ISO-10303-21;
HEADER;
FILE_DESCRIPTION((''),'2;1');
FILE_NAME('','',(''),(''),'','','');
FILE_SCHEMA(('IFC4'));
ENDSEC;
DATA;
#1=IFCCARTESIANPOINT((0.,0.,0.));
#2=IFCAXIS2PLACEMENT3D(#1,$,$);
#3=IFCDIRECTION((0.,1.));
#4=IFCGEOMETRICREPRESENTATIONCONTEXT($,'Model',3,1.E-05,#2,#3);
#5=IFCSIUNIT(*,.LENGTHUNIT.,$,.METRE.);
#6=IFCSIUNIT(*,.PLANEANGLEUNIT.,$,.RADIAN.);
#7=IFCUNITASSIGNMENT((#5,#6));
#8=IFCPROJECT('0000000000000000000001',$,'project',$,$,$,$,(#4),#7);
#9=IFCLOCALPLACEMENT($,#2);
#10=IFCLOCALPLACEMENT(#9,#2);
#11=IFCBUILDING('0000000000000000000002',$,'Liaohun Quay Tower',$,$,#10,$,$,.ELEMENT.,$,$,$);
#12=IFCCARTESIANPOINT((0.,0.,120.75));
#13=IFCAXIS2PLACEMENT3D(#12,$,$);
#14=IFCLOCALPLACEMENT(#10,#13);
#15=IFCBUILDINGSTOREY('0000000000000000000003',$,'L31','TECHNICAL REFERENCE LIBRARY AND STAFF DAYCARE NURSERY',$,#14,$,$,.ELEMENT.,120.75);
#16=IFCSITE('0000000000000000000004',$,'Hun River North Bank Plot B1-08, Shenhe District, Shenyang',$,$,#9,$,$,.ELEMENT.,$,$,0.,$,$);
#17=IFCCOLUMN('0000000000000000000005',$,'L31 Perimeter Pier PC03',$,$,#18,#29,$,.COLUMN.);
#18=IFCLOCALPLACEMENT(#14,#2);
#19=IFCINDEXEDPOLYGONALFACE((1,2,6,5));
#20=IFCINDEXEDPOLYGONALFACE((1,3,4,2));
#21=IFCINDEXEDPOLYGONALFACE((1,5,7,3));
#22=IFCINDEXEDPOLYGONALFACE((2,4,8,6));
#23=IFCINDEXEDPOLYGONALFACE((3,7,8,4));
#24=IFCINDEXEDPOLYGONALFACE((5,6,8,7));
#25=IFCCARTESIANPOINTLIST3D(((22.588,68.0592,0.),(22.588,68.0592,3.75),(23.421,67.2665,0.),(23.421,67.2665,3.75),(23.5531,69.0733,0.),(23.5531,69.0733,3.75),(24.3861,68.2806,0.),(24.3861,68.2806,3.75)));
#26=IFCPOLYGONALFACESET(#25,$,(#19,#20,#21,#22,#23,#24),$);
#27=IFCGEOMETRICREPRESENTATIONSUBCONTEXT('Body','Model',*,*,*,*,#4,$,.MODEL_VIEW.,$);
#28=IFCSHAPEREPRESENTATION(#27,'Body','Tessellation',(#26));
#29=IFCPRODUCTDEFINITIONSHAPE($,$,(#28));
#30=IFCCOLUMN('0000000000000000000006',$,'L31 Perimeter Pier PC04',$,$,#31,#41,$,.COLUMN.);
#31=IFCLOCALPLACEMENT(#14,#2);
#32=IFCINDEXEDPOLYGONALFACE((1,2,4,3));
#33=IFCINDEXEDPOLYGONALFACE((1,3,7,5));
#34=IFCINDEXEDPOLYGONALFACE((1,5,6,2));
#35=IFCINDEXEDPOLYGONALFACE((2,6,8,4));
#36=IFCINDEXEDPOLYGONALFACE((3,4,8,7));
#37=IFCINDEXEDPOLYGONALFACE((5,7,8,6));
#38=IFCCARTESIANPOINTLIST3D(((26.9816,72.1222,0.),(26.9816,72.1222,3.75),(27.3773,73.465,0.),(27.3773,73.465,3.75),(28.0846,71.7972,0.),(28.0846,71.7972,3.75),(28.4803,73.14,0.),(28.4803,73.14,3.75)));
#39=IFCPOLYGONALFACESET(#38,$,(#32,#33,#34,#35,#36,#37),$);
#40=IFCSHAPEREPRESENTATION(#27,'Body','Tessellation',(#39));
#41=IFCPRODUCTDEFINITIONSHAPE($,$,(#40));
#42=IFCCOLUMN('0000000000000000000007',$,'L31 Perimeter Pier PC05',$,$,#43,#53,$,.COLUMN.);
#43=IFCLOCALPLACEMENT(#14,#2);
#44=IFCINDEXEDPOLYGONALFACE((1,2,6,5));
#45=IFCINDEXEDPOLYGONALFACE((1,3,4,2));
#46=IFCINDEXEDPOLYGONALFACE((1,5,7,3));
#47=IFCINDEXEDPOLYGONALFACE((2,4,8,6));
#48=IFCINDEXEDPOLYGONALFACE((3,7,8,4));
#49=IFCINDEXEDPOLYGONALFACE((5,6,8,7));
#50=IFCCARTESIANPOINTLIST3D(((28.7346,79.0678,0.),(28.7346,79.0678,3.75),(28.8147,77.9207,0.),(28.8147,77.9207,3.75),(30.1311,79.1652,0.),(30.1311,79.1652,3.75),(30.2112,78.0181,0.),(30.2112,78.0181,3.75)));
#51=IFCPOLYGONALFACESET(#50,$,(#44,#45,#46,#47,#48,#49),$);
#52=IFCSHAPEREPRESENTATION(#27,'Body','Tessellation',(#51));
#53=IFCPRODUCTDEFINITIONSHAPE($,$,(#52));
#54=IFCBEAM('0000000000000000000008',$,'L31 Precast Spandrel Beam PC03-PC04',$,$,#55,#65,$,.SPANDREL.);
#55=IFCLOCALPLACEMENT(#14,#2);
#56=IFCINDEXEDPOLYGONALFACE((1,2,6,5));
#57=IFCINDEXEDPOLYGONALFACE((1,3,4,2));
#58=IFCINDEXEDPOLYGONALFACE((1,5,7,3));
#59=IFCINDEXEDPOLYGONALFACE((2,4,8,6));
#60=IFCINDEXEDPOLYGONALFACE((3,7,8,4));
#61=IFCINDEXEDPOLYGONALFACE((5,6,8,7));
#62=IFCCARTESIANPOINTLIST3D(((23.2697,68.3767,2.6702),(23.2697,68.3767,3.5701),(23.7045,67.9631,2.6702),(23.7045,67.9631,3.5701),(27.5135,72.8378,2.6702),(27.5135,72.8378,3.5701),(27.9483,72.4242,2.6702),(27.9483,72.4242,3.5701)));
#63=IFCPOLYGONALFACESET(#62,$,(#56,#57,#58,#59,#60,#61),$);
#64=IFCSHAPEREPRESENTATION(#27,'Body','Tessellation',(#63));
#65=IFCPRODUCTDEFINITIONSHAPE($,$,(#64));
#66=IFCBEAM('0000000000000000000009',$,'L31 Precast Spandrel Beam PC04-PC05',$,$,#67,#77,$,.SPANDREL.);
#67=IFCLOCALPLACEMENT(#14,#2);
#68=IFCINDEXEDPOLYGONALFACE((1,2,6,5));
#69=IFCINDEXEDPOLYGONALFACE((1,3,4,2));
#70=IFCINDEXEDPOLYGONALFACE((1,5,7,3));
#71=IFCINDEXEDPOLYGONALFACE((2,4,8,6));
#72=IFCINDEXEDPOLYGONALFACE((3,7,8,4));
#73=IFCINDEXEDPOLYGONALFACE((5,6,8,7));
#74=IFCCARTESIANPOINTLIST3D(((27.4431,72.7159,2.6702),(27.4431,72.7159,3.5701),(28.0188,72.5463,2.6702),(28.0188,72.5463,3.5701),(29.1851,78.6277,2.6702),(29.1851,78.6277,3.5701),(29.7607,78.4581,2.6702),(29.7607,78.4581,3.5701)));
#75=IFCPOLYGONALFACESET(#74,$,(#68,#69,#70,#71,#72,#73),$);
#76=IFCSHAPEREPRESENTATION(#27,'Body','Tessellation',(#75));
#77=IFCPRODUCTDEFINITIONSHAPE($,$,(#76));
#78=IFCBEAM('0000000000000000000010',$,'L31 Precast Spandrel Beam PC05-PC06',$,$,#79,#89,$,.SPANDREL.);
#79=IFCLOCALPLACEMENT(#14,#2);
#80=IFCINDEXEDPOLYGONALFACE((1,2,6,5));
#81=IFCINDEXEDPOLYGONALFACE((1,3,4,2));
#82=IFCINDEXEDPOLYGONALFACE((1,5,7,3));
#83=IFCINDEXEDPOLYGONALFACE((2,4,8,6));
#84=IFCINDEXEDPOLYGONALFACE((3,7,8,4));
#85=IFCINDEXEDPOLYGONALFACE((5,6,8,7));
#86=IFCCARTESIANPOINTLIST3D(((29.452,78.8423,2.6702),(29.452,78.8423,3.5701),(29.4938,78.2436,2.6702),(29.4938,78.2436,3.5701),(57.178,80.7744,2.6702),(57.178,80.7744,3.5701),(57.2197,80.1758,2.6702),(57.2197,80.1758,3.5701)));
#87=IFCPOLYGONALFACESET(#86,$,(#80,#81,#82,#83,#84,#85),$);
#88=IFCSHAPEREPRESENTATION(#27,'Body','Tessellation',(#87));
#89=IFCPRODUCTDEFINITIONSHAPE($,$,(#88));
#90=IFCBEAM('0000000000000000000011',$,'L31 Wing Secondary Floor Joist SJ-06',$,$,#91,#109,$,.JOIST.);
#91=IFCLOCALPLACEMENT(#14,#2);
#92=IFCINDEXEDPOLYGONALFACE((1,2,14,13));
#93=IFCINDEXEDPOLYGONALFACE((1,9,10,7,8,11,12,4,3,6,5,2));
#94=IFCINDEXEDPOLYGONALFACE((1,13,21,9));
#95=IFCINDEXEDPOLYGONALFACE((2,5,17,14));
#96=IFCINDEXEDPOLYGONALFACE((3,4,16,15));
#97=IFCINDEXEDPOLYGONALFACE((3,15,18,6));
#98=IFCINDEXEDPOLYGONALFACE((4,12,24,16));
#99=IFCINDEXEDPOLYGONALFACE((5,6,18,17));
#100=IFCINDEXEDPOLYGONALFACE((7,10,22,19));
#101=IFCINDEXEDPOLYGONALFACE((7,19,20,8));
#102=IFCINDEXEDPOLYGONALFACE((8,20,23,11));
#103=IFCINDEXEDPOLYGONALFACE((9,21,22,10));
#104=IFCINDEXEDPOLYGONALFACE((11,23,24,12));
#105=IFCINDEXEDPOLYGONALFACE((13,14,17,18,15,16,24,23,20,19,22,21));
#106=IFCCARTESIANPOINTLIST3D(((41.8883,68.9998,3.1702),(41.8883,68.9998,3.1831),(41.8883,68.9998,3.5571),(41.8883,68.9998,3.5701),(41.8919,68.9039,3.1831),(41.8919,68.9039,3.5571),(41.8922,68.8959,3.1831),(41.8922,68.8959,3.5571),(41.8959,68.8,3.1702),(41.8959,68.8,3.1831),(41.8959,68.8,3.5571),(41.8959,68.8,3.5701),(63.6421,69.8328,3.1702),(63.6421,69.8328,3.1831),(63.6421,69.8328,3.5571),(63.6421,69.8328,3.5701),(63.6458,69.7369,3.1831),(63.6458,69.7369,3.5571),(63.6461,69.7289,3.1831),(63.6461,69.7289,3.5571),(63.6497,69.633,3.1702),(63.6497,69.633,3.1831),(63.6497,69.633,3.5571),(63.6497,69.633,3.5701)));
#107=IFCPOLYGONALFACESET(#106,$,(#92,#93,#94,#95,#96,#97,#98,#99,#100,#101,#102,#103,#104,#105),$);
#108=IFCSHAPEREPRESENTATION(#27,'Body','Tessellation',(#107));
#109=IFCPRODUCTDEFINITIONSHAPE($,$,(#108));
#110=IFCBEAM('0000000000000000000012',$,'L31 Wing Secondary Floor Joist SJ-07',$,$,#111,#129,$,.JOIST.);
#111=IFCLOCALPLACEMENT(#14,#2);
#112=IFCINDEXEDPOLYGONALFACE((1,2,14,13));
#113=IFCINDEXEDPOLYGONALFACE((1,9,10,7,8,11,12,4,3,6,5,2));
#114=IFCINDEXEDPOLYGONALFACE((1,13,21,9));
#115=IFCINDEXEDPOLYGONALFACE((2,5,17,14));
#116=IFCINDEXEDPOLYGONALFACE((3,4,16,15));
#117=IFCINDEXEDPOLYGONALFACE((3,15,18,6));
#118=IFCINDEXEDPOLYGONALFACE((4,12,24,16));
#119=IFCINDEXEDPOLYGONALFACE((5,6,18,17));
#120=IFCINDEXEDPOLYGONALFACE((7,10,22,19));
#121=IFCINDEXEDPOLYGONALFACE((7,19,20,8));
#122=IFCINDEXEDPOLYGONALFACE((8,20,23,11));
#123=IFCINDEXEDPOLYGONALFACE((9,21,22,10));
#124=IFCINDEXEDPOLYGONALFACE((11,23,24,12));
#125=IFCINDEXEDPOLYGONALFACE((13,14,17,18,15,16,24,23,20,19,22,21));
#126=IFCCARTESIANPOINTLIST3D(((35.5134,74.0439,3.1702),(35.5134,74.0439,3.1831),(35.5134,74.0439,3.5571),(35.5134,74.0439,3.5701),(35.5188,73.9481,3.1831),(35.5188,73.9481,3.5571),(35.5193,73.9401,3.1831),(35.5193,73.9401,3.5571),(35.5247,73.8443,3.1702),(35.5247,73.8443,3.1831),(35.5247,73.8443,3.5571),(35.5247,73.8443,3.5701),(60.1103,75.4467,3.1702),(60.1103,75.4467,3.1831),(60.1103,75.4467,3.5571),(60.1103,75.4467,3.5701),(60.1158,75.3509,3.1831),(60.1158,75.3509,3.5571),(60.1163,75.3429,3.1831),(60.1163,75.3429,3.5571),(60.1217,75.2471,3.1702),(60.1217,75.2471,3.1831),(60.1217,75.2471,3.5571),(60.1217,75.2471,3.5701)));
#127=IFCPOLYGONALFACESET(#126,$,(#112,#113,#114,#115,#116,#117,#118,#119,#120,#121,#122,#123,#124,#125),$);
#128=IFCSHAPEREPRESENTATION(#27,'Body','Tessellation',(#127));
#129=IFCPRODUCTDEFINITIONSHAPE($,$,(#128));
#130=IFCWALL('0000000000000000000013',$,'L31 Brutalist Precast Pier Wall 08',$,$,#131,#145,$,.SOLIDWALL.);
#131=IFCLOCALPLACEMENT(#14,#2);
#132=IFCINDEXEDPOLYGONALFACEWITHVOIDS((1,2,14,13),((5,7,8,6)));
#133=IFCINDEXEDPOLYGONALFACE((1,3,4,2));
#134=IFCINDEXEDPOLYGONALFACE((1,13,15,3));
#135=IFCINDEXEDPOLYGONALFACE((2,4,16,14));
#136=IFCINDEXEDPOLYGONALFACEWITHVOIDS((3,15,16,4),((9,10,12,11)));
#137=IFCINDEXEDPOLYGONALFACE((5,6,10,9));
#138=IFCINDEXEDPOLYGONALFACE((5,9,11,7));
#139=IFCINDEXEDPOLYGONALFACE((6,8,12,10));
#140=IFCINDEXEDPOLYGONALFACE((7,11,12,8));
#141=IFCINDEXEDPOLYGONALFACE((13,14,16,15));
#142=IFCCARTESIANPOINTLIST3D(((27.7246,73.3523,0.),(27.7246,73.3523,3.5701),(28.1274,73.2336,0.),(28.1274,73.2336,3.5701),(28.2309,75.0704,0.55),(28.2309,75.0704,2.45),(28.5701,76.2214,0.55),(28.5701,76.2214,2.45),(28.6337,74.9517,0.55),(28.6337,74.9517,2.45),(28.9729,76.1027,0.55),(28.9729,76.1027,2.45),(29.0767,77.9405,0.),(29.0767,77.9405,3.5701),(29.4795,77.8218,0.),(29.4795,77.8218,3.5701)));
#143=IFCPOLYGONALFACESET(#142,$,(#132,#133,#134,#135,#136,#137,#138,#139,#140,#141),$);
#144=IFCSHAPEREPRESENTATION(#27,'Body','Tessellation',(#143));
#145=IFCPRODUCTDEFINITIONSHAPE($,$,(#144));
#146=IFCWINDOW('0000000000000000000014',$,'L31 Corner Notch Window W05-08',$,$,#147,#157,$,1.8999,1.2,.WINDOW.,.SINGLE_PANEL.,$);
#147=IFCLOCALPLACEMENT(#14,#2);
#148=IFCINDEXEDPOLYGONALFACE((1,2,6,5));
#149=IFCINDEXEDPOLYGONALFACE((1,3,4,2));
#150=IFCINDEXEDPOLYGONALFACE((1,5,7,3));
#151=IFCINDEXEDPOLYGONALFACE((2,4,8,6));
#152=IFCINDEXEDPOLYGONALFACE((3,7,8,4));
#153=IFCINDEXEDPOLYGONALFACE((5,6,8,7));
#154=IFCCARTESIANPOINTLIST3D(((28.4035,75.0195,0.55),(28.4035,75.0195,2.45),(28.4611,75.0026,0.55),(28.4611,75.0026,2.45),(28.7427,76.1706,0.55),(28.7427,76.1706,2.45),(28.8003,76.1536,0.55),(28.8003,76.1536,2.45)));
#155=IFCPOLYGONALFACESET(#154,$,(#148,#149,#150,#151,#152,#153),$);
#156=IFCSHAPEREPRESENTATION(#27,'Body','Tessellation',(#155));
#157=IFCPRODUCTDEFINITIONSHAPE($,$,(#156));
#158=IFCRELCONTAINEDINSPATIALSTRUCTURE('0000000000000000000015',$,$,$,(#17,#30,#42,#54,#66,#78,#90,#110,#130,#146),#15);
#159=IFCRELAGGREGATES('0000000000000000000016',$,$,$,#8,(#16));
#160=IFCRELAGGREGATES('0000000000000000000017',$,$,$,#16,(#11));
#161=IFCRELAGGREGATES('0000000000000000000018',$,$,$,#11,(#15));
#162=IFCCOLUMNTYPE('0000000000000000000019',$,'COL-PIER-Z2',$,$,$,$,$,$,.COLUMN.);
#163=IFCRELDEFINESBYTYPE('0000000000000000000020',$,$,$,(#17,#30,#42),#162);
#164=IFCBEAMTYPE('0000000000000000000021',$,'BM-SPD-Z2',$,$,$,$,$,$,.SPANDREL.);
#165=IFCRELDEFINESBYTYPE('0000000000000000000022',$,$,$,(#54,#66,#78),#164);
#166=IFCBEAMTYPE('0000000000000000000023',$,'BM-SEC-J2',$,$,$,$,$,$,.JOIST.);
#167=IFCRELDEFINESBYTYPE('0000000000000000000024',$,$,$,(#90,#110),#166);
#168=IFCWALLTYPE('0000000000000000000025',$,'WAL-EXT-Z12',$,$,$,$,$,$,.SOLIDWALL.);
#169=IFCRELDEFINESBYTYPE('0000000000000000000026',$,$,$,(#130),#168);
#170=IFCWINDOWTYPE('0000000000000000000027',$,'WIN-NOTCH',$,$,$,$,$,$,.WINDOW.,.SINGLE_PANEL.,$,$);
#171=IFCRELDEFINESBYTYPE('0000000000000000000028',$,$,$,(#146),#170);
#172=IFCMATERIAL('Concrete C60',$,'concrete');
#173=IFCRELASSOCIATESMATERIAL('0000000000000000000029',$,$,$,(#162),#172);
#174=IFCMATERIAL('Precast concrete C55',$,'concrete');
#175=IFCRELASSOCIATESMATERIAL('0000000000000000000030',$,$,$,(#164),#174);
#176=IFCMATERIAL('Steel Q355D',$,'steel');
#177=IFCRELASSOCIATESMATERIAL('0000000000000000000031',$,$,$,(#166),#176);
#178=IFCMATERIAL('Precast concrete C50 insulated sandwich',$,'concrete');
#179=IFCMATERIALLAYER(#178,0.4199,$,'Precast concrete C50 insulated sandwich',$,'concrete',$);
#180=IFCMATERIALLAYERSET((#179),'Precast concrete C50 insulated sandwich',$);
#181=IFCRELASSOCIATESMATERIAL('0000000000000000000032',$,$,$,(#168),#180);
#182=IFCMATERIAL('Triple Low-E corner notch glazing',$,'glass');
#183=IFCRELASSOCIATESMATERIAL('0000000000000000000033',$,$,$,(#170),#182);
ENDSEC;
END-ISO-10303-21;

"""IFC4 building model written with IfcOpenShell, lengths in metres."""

from ifc_helpers import new_model, si_unit, direction, frame, frame_2d, origin, origin_2d, place, context, subcontext, project, spatial, rectangle, i_section, extrude, source, transform, mapped, material, layer, layer_set, material_profile, profile_set, type_object, element, fill, save


model = new_model("IFC4")

# Units and contexts
model_context = context("Model", 3, precision=1e-05, world=origin(), true_north=direction((0.0, 1.0)))
body_context = subcontext(model_context, "Body", "Model", "MODEL_VIEW")
ifc_project = project(units=[si_unit("LENGTHUNIT", "METRE"), si_unit("PLANEANGLEUNIT", "RADIAN")], contexts=[model_context])

# Site, building, storey
site_placement = place(None, origin())
site = spatial("IfcSite", under=ifc_project, at=site_placement, Name="Hun River North Bank Plot B1-08, Shenhe District, Shenyang", CompositionType="ELEMENT", RefElevation=0.0)
building_placement = place(site_placement, origin())
building = spatial("IfcBuilding", under=site, at=building_placement, Name="Liaohun Quay Tower", CompositionType="ELEMENT")
storey_placement = place(building_placement, frame((0.0, 0.0, 120.75)))
storey = spatial("IfcBuildingStorey", under=building, at=storey_placement, Name="L31", Description="TECHNICAL REFERENCE LIBRARY AND STAFF DAYCARE NURSERY", CompositionType="ELEMENT", Elevation=120.75)

# Columns
ifc_material_1 = material(Name="Concrete C60", Category="concrete")
ifc_material_profile_1 = material_profile(ifc_material_1, rectangle(XDim=1.3999, YDim=1.1499, at=origin_2d()), Name="RC1400x1150")
ifc_profile_set_1 = profile_set([ifc_material_profile_1], Name="Concrete C60")
column_type = type_object("IfcColumnType", Name="COL-PIER-Z2", PredefinedType="COLUMN", material=ifc_profile_set_1)
shared_shape_1 = source(origin(), body_context, "Body", "SweptSolid", [
    extrude(rectangle(XDim=1.3999, YDim=1.1499, at=origin_2d()), origin(), (0.0, 0.0, 1.0), 3.75),
])
for number, where, z_axis, x_axis, name in (
    (1, (23.4871, 68.1699, 0.0), (0.0, 0.0, 1.0), (0.689367, 0.724413, 0.0), "L31 Perimeter Pier PC03"),
    (2, (27.731, 72.6311, 0.0), (0.0, 0.0, 1.0), (0.282676, 0.959215, 0.0), "L31 Perimeter Pier PC04"),
    (3, (29.4729, 78.543, 0.0), (0.0, 0.0, 1.0), (0.997576, 0.069582, 0.0), "L31 Perimeter Pier PC05"),
):
    element("IfcColumn", number, at=place(storey_placement, frame(where, z_axis=z_axis, x_axis=x_axis)), inside=storey, type_object=column_type, Name=name, PredefinedType="COLUMN", context=body_context, shape_type="MappedRepresentation", body=[
        mapped(shared_shape_1, transform((0.0, 0.0, 0.0), x_axis=(1.0, 0.0, 0.0), y_axis=(0.0, 1.0, 0.0), z_axis=(0.0, 0.0, 1.0), scale=1.0)),
    ])

# Beams
ifc_material_2 = material(Name="Precast concrete C55", Category="concrete")
ifc_material_profile_2 = material_profile(ifc_material_2, rectangle(XDim=0.6001, YDim=0.8999, at=origin_2d()), Name="RC600x900")
ifc_profile_set_2 = profile_set([ifc_material_profile_2], Name="Precast concrete C55")
beam_type_1 = type_object("IfcBeamType", Name="BM-SPD-Z2", PredefinedType="SPANDREL", material=ifc_profile_set_2)
shared_shape_2 = source(origin(), body_context, "Body", "SweptSolid", [
    extrude(rectangle(XDim=0.6001, YDim=0.8999, at=origin_2d()), origin(), (0.0, 0.0, 1.0), 6.1572),
])
beam_1_placement = place(storey_placement, frame((23.4871, 68.1699, 3.1201), z_axis=(0.689242, 0.724531, 0.0), x_axis=(-0.724531, 0.689242, 0.0)))
element("IfcBeam", 4, at=beam_1_placement, inside=storey, type_object=beam_type_1, Name="L31 Precast Spandrel Beam PC03-PC04", PredefinedType="SPANDREL", context=body_context, shape_type="MappedRepresentation", body=[
    mapped(shared_shape_2, transform((0.0, 0.0, 0.0), x_axis=(1.0, 0.0, 0.0), y_axis=(0.0, 1.0, 0.0), z_axis=(0.0, 0.0, 1.0), scale=1.0)),
])
shared_shape_3 = source(origin(), body_context, "Body", "SweptSolid", [
    extrude(rectangle(XDim=0.6001, YDim=0.8999, at=origin_2d()), origin(), (0.0, 0.0, 1.0), 6.1631),
])
beam_2_placement = place(storey_placement, frame((27.731, 72.6311, 3.1201), z_axis=(0.282638, 0.959227, 0.0), x_axis=(-0.959227, 0.282638, 0.0)))
element("IfcBeam", 5, at=beam_2_placement, inside=storey, type_object=beam_type_1, Name="L31 Precast Spandrel Beam PC04-PC05", PredefinedType="SPANDREL", context=body_context, shape_type="MappedRepresentation", body=[
    mapped(shared_shape_3, transform((0.0, 0.0, 0.0), x_axis=(1.0, 0.0, 0.0), y_axis=(0.0, 1.0, 0.0), z_axis=(0.0, 0.0, 1.0), scale=1.0)),
])
shared_shape_4 = source(origin(), body_context, "Body", "SweptSolid", [
    extrude(rectangle(XDim=0.6001, YDim=0.8999, at=origin_2d()), origin(), (0.0, 0.0, 1.0), 27.7932),
])
beam_3_placement = place(storey_placement, frame((29.4729, 78.543, 3.1201), z_axis=(0.997581, 0.069518, 0.0), x_axis=(-0.069518, 0.997581, 0.0)))
element("IfcBeam", 6, at=beam_3_placement, inside=storey, type_object=beam_type_1, Name="L31 Precast Spandrel Beam PC05-PC06", PredefinedType="SPANDREL", context=body_context, shape_type="MappedRepresentation", body=[
    mapped(shared_shape_4, transform((0.0, 0.0, 0.0), x_axis=(1.0, 0.0, 0.0), y_axis=(0.0, 1.0, 0.0), z_axis=(0.0, 0.0, 1.0), scale=1.0)),
])
ifc_material_3 = material(Name="Steel Q355D", Category="steel")
ifc_material_profile_3 = material_profile(ifc_material_3, i_section(OverallWidth=0.2, OverallDepth=0.3999, WebThickness=0.0081, FlangeThickness=0.0129, at=origin_2d()), Name="HN400x200x8x13")
ifc_profile_set_3 = profile_set([ifc_material_profile_3], Name="Steel Q355D")
beam_type_2 = type_object("IfcBeamType", Name="BM-SEC-J2", PredefinedType="JOIST", material=ifc_profile_set_3)
shared_shape_5 = source(origin(), body_context, "Body", "SweptSolid", [
    extrude(i_section(OverallWidth=0.2, OverallDepth=0.3999, WebThickness=0.0081, FlangeThickness=0.0129, at=origin_2d()), origin(), (0.0, 0.0, 1.0), 21.7698),
])
beam_4_placement = place(storey_placement, frame((41.8921, 68.8999, 3.3701), z_axis=(0.999268, 0.038264, 0.0), x_axis=(-0.038264, 0.999268, 0.0)))
element("IfcBeam", 7, at=beam_4_placement, inside=storey, type_object=beam_type_2, Name="L31 Wing Secondary Floor Joist SJ-06", PredefinedType="JOIST", context=body_context, shape_type="MappedRepresentation", body=[
    mapped(shared_shape_5, transform((0.0, 0.0, 0.0), x_axis=(1.0, 0.0, 0.0), y_axis=(0.0, 1.0, 0.0), z_axis=(0.0, 0.0, 1.0), scale=1.0)),
])
shared_shape_6 = source(origin(), body_context, "Body", "SweptSolid", [
    extrude(i_section(OverallWidth=0.2, OverallDepth=0.3999, WebThickness=0.0081, FlangeThickness=0.0129, at=origin_2d()), origin(), (0.0, 0.0, 1.0), 24.637),
])
beam_5_placement = place(storey_placement, frame((35.519, 73.9441, 3.3701), z_axis=(0.998378, 0.05694, 0.0), x_axis=(-0.05694, 0.998378, 0.0)))
element("IfcBeam", 8, at=beam_5_placement, inside=storey, type_object=beam_type_2, Name="L31 Wing Secondary Floor Joist SJ-07", PredefinedType="JOIST", context=body_context, shape_type="MappedRepresentation", body=[
    mapped(shared_shape_6, transform((0.0, 0.0, 0.0), x_axis=(1.0, 0.0, 0.0), y_axis=(0.0, 1.0, 0.0), z_axis=(0.0, 0.0, 1.0), scale=1.0)),
])

# Wall, opening, window
ifc_material_4 = material(Name="Precast concrete C50 insulated sandwich", Category="concrete")
ifc_layer_1 = layer(ifc_material_4, 0.4199, Name="Precast concrete C50 insulated sandwich", Category="concrete")
ifc_layer_set_1 = layer_set([ifc_layer_1], Name="Precast concrete C50 insulated sandwich")
wall_type_1 = type_object("IfcWallType", Name="WAL-EXT-Z12", PredefinedType="SOLIDWALL", material=ifc_layer_set_1)
wall_1_placement = place(storey_placement, frame((29.2781, 77.8811, 0.0), z_axis=(0.0, 0.0, 1.0), x_axis=(-0.282666, -0.959218, 0.0)))
wall_1 = element("IfcWall", 9, at=wall_1_placement, inside=storey, type_object=wall_type_1, Name="L31 Brutalist Precast Pier Wall 08", PredefinedType="SOLIDWALL", context=body_context, shape_type="SweptSolid", body=[
    extrude(rectangle(XDim=4.7832, YDim=0.4199, at=frame_2d((2.3916, 0.0))), origin(), (0.0, 0.0, 1.0), 3.5701),
])
shared_shape_7 = source(origin(), body_context, "Body", "SweptSolid", [
    extrude(rectangle(XDim=1.2, YDim=1.8999, at=frame_2d((0.6001, 0.95))), frame((0.0, 0.22, 0.0), z_axis=(0.0, -1.0, 0.0), x_axis=(1.0, 0.0, 0.0)), (0.0, 0.0, 1.0), 0.4399),
])
opening_1_placement = place(wall_1_placement, frame((1.792, 0.0, 0.55)))
opening_1 = element("IfcOpeningElement", 10, at=opening_1_placement, cuts=wall_1, PredefinedType="OPENING", context=body_context, shape_type="MappedRepresentation", body=[
    mapped(shared_shape_7, transform((0.0, 0.0, 0.0), x_axis=(1.0, 0.0, 0.0), y_axis=(0.0, 1.0, 0.0), z_axis=(0.0, 0.0, 1.0), scale=1.0)),
])
ifc_material_5 = material(Name="Triple Low-E corner notch glazing", Category="glass")
window_type_1 = type_object("IfcWindowType", Name="WIN-NOTCH", PartitioningType="SINGLE_PANEL", PredefinedType="WINDOW", material=ifc_material_5)
shared_shape_8 = source(origin(), body_context, "Body", "SweptSolid", [
    extrude(rectangle(XDim=1.2, YDim=1.8999, at=frame_2d((0.6001, 0.95))), frame((0.0, 0.03, 0.0), z_axis=(0.0, -1.0, 0.0), x_axis=(1.0, 0.0, 0.0)), (0.0, 0.0, 1.0), 0.0601),
])
window_1_placement = place(opening_1_placement, origin())
window_1 = element("IfcWindow", 11, at=window_1_placement, inside=storey, type_object=window_type_1, Name="L31 Corner Notch Window W05-08", OverallHeight=1.8999, OverallWidth=1.2, PartitioningType="SINGLE_PANEL", PredefinedType="WINDOW", context=body_context, shape_type="MappedRepresentation", body=[
    mapped(shared_shape_8, transform((0.0, 0.0, 0.0), x_axis=(1.0, 0.0, 0.0), y_axis=(0.0, 1.0, 0.0), z_axis=(0.0, 0.0, 1.0), scale=1.0)),
])
fill(opening_1, window_1)

save(model, "model.ifc")
